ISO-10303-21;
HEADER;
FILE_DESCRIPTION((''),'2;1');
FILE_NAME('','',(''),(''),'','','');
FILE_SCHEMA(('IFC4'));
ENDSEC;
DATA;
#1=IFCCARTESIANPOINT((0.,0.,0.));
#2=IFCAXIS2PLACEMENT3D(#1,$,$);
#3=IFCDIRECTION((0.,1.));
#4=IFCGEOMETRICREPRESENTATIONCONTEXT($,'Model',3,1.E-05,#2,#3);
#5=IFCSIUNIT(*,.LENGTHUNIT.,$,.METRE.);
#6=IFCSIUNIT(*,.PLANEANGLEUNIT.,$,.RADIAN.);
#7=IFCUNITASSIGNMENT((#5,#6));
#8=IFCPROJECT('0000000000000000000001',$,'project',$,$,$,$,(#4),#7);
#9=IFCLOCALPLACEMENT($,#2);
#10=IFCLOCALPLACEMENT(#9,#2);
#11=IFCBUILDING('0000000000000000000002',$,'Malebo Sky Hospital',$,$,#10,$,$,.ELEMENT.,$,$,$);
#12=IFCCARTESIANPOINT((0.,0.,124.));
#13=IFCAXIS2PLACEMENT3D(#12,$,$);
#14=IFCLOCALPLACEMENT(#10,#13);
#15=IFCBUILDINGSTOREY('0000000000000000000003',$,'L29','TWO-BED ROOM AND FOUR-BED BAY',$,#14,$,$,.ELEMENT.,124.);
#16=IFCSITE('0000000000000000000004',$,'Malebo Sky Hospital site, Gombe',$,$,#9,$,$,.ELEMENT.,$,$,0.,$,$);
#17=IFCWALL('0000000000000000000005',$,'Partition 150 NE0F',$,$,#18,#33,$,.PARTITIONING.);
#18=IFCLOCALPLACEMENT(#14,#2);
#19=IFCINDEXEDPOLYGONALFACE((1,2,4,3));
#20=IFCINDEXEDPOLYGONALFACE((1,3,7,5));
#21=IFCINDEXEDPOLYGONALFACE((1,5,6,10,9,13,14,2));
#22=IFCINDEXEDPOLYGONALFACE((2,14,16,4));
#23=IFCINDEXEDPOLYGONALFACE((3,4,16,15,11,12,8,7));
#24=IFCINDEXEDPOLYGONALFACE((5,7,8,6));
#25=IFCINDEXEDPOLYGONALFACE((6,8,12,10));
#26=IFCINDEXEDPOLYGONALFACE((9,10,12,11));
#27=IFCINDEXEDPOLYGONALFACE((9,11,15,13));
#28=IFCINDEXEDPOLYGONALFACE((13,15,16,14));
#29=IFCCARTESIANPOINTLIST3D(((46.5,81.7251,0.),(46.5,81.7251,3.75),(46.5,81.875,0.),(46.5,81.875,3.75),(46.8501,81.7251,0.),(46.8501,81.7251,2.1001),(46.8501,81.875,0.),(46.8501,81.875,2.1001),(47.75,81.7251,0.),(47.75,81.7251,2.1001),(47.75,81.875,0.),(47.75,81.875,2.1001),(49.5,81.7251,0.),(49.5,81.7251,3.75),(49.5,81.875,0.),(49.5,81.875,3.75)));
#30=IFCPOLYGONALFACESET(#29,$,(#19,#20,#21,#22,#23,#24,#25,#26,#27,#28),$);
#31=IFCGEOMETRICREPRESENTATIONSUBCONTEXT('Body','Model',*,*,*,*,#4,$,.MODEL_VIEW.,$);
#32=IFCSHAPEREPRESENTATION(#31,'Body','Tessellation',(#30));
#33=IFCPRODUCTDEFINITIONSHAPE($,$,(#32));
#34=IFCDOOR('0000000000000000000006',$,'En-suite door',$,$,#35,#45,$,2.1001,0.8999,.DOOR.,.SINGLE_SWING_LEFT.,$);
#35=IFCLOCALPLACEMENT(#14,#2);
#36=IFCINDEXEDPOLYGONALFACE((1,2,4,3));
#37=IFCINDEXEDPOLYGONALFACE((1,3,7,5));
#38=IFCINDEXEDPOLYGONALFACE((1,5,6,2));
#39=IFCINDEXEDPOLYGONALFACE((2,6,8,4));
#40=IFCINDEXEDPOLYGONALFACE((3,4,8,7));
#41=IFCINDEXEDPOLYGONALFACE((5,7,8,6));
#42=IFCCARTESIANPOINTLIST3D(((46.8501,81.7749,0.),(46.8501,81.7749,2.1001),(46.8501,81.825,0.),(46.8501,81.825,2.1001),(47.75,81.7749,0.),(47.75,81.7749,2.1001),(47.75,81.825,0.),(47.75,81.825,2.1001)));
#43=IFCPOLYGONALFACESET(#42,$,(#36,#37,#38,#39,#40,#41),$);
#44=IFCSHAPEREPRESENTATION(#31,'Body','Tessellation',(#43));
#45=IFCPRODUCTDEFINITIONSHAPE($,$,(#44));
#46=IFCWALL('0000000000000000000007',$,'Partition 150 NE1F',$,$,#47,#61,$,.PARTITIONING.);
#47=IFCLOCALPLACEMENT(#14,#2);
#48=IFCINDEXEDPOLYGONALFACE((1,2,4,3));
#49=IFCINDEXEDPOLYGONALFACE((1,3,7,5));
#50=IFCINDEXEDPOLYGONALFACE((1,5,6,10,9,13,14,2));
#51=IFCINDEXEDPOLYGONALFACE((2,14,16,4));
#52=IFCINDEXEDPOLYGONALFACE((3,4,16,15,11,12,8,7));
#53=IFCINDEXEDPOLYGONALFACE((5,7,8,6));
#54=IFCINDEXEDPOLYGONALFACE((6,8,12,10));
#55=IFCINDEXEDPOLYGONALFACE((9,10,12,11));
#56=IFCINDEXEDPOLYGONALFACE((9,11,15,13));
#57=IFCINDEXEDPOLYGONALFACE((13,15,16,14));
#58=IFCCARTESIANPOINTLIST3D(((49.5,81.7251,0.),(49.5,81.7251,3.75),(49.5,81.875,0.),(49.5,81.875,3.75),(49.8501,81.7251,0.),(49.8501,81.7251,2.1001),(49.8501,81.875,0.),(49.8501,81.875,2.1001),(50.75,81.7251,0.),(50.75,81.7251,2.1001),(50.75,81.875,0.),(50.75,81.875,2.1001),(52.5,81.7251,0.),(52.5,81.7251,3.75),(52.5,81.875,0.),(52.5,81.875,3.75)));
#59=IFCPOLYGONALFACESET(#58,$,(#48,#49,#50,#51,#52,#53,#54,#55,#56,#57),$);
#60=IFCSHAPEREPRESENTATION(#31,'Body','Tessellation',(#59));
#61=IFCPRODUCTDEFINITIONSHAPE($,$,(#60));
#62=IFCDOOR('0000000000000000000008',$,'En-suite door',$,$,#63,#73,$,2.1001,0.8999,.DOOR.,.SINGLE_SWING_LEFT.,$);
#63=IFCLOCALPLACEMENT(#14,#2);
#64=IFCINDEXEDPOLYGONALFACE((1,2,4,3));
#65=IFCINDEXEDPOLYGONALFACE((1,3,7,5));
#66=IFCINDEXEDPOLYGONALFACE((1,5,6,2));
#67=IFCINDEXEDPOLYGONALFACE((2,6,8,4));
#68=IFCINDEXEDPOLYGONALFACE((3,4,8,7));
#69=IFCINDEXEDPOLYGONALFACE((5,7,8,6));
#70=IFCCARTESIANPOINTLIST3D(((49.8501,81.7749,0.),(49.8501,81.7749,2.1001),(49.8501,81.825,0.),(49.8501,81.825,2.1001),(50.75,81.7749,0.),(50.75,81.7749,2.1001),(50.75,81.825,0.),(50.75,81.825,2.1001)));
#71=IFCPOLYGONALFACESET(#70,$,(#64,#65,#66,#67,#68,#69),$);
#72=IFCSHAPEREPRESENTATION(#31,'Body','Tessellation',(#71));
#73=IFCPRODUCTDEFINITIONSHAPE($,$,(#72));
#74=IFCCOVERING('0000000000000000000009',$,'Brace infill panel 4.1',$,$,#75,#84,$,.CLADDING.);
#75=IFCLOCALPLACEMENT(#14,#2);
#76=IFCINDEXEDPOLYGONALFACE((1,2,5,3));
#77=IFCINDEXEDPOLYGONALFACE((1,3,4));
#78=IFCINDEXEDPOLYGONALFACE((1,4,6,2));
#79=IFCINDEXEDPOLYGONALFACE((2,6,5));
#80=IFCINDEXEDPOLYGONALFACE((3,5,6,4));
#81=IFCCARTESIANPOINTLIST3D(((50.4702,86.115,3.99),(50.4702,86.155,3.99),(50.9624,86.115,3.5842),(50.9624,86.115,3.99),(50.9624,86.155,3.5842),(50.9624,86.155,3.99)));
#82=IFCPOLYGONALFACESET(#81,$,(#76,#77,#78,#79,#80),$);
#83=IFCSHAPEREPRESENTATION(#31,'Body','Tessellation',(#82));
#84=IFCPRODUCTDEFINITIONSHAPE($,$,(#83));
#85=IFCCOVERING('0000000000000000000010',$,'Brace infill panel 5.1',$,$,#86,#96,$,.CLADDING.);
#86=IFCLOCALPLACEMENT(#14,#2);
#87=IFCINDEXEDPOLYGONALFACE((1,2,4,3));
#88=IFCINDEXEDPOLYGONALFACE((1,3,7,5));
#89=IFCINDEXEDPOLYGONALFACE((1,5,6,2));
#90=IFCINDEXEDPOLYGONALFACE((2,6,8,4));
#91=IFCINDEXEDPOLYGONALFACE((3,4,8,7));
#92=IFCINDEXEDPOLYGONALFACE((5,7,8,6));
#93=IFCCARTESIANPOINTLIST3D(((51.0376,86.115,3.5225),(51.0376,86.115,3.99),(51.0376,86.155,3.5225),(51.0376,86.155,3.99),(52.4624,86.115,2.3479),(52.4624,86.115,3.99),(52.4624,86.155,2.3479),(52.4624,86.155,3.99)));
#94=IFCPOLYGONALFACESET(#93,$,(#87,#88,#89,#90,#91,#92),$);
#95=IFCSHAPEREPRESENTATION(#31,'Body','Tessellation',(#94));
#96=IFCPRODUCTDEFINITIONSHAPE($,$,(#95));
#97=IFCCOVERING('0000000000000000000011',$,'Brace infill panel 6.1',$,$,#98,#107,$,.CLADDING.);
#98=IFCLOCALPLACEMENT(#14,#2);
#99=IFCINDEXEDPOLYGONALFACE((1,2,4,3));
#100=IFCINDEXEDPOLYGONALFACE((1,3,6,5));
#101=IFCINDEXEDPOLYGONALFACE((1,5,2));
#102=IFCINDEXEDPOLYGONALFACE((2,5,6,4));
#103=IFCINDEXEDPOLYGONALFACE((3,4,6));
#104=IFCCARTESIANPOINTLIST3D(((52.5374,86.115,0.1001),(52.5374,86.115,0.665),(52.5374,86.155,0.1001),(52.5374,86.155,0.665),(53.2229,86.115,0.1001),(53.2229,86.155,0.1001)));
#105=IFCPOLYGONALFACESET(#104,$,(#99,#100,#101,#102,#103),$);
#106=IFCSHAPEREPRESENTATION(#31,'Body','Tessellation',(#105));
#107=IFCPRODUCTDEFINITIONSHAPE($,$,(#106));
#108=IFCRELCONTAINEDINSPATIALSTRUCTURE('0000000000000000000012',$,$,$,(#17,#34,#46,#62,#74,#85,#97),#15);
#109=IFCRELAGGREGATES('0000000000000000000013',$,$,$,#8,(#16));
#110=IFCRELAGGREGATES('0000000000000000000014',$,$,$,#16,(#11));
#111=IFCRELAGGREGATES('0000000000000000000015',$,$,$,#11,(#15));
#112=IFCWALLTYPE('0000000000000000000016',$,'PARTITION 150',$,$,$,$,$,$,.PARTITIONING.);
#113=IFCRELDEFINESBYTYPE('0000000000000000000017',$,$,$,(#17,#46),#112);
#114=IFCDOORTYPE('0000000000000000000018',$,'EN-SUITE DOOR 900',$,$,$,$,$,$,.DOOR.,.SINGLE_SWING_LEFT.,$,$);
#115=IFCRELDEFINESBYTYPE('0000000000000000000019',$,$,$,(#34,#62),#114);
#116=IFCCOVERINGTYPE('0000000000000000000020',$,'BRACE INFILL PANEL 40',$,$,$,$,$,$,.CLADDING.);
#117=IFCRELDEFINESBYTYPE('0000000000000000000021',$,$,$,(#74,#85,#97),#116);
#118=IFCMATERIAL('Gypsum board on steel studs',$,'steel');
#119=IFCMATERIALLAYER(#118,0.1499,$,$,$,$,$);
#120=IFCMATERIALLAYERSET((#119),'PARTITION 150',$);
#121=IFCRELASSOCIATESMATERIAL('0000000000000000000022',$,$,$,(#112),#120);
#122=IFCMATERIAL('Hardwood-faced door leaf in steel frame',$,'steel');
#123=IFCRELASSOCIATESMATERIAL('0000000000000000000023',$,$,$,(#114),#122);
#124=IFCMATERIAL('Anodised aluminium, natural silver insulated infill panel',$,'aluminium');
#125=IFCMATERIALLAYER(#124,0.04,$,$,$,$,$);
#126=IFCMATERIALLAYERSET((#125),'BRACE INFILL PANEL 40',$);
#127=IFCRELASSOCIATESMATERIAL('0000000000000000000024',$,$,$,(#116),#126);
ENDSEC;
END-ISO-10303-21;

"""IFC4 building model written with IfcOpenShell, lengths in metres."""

from ifc_helpers import new_model, si_unit, direction, frame, frame_2d, origin, place, context, subcontext, project, spatial, polyline, rectangle, outline, extrude, material, layer, layer_set, type_object, element, fill, save


model = new_model("IFC4")

# Units and contexts
model_context = context("Model", 3, precision=1e-05, world=origin(), true_north=direction((0.0, 1.0)))
body_context = subcontext(model_context, "Body", "Model", "MODEL_VIEW")
ifc_project = project(units=[si_unit("LENGTHUNIT", "METRE"), si_unit("PLANEANGLEUNIT", "RADIAN")], contexts=[model_context])

# Site, building, storey
site_placement = place(None, origin())
site = spatial("IfcSite", under=ifc_project, at=site_placement, Name="Malebo Sky Hospital site, Gombe", CompositionType="ELEMENT", RefElevation=0.0)
building_placement = place(site_placement, origin())
building = spatial("IfcBuilding", under=site, at=building_placement, Name="Malebo Sky Hospital", CompositionType="ELEMENT")
storey_placement = place(building_placement, frame((0.0, 0.0, 124.0)))
storey = spatial("IfcBuildingStorey", under=building, at=storey_placement, Name="L29", Description="TWO-BED ROOM AND FOUR-BED BAY", CompositionType="ELEMENT", Elevation=124.0)

# Shared definitions
ifc_material_1 = material(Name="Gypsum board on steel studs", Category="steel")
ifc_layer_1 = layer(ifc_material_1, 0.1499)
ifc_layer_set_1 = layer_set([ifc_layer_1], Name="PARTITION 150")
wall_type = type_object("IfcWallType", Name="PARTITION 150", PredefinedType="PARTITIONING", material=ifc_layer_set_1)

# Walls, openings, doors
wall_1_placement = place(storey_placement, frame((46.5, 81.8, 0.0), z_axis=(0.0, 0.0, 1.0), x_axis=(1.0, 0.0, 0.0)))
wall_1 = element("IfcWall", 1, at=wall_1_placement, inside=storey, type_object=wall_type, Name="Partition 150 NE0F", PredefinedType="PARTITIONING", context=body_context, shape_type="SweptSolid", body=[
    extrude(rectangle(XDim=3.0, YDim=0.1499, at=frame_2d((1.5, 0.0))), origin(), (0.0, 0.0, 1.0), 3.75),
])
opening_1_placement = place(wall_1_placement, frame((0.3501, 0.0, 0.0)))
opening_1 = element("IfcOpeningElement", 2, at=opening_1_placement, cuts=wall_1, PredefinedType="OPENING", context=body_context, shape_type="SweptSolid", body=[
    extrude(rectangle(XDim=0.8999, YDim=2.1001, at=frame_2d((0.45, 1.05))), frame((0.0, 0.085, 0.0), z_axis=(0.0, -1.0, 0.0), x_axis=(1.0, 0.0, 0.0)), (0.0, 0.0, 1.0), 0.1699),
])
ifc_material_2 = material(Name="Hardwood-faced door leaf in steel frame", Category="steel")
door_type = type_object("IfcDoorType", Name="EN-SUITE DOOR 900", OperationType="SINGLE_SWING_LEFT", PredefinedType="DOOR", material=ifc_material_2)
door_1_placement = place(opening_1_placement, origin())
door_1 = element("IfcDoor", 3, at=door_1_placement, inside=storey, type_object=door_type, Name="En-suite door", OperationType="SINGLE_SWING_LEFT", OverallHeight=2.1001, OverallWidth=0.8999, PredefinedType="DOOR", context=body_context, shape_type="SweptSolid", body=[
    extrude(rectangle(XDim=0.8999, YDim=2.1001, at=frame_2d((0.45, 1.05))), frame((0.0, 0.0249, 0.0), z_axis=(0.0, -1.0, 0.0), x_axis=(1.0, 0.0, 0.0)), (0.0, 0.0, 1.0), 0.05),
])
fill(opening_1, door_1)
wall_2_placement = place(storey_placement, frame((49.5, 81.8, 0.0), z_axis=(0.0, 0.0, 1.0), x_axis=(1.0, 0.0, 0.0)))
wall_2 = element("IfcWall", 4, at=wall_2_placement, inside=storey, type_object=wall_type, Name="Partition 150 NE1F", PredefinedType="PARTITIONING", context=body_context, shape_type="SweptSolid", body=[
    extrude(rectangle(XDim=3.0, YDim=0.1499, at=frame_2d((1.5, 0.0))), origin(), (0.0, 0.0, 1.0), 3.75),
])
opening_2_placement = place(wall_2_placement, frame((0.3501, 0.0, 0.0)))
opening_2 = element("IfcOpeningElement", 5, at=opening_2_placement, cuts=wall_2, PredefinedType="OPENING", context=body_context, shape_type="SweptSolid", body=[
    extrude(rectangle(XDim=0.8999, YDim=2.1001, at=frame_2d((0.45, 1.05))), frame((0.0, 0.085, 0.0), z_axis=(0.0, -1.0, 0.0), x_axis=(1.0, 0.0, 0.0)), (0.0, 0.0, 1.0), 0.1699),
])
door_2_placement = place(opening_2_placement, origin())
door_2 = element("IfcDoor", 6, at=door_2_placement, inside=storey, type_object=door_type, Name="En-suite door", OperationType="SINGLE_SWING_LEFT", OverallHeight=2.1001, OverallWidth=0.8999, PredefinedType="DOOR", context=body_context, shape_type="SweptSolid", body=[
    extrude(rectangle(XDim=0.8999, YDim=2.1001, at=frame_2d((0.45, 1.05))), frame((0.0, 0.0249, 0.0), z_axis=(0.0, -1.0, 0.0), x_axis=(1.0, 0.0, 0.0)), (0.0, 0.0, 1.0), 0.05),
])
fill(opening_2, door_2)

# Coverings
ifc_material_3 = material(Name="Anodised aluminium, natural silver insulated infill panel", Category="aluminium")
ifc_layer_2 = layer(ifc_material_3, 0.04)
ifc_layer_set_2 = layer_set([ifc_layer_2], Name="BRACE INFILL PANEL 40")
covering_type = type_object("IfcCoveringType", Name="BRACE INFILL PANEL 40", PredefinedType="CLADDING", material=ifc_layer_set_2)
covering_1_placement = place(storey_placement, frame((50.7163, 86.135, 3.5842), z_axis=(0.0, 0.0, 1.0), x_axis=(1.0, 0.0, 0.0)))
element("IfcCovering", 7, at=covering_1_placement, inside=storey, type_object=covering_type, Name="Brace infill panel 4.1", PredefinedType="CLADDING", context=body_context, shape_type="SweptSolid", body=[
    extrude(outline(polyline([(0.2461, 0.0), (0.2461, 0.4058), (-0.2461, 0.4058), (0.2461, 0.0)])), frame((0.0, 0.02, 0.0), z_axis=(0.0, -1.0, 0.0), x_axis=(1.0, 0.0, 0.0)), (0.0, 0.0, 1.0), 0.04),
])
covering_2_placement = place(storey_placement, frame((51.75, 86.135, 2.3479), z_axis=(0.0, 0.0, 1.0), x_axis=(1.0, 0.0, 0.0)))
element("IfcCovering", 8, at=covering_2_placement, inside=storey, type_object=covering_type, Name="Brace infill panel 5.1", PredefinedType="CLADDING", context=body_context, shape_type="SweptSolid", body=[
    extrude(outline(polyline([(0.7124, 0.0), (0.7124, 1.6421), (-0.7124, 1.6421), (-0.7124, 1.1746), (0.7124, 0.0)])), frame((0.0, 0.02, 0.0), z_axis=(0.0, -1.0, 0.0), x_axis=(1.0, 0.0, 0.0)), (0.0, 0.0, 1.0), 0.04),
])
covering_3_placement = place(storey_placement, frame((52.8801, 86.135, 0.1001), z_axis=(0.0, 0.0, 1.0), x_axis=(1.0, 0.0, 0.0)))
element("IfcCovering", 9, at=covering_3_placement, inside=storey, type_object=covering_type, Name="Brace infill panel 6.1", PredefinedType="CLADDING", context=body_context, shape_type="SweptSolid", body=[
    extrude(outline(polyline([(-0.3428, 0.0), (0.3428, 0.0), (-0.3428, 0.5649), (-0.3428, 0.0)])), frame((0.0, 0.02, 0.0), z_axis=(0.0, -1.0, 0.0), x_axis=(1.0, 0.0, 0.0)), (0.0, 0.0, 1.0), 0.04),
])

save(model, "model.ifc")
